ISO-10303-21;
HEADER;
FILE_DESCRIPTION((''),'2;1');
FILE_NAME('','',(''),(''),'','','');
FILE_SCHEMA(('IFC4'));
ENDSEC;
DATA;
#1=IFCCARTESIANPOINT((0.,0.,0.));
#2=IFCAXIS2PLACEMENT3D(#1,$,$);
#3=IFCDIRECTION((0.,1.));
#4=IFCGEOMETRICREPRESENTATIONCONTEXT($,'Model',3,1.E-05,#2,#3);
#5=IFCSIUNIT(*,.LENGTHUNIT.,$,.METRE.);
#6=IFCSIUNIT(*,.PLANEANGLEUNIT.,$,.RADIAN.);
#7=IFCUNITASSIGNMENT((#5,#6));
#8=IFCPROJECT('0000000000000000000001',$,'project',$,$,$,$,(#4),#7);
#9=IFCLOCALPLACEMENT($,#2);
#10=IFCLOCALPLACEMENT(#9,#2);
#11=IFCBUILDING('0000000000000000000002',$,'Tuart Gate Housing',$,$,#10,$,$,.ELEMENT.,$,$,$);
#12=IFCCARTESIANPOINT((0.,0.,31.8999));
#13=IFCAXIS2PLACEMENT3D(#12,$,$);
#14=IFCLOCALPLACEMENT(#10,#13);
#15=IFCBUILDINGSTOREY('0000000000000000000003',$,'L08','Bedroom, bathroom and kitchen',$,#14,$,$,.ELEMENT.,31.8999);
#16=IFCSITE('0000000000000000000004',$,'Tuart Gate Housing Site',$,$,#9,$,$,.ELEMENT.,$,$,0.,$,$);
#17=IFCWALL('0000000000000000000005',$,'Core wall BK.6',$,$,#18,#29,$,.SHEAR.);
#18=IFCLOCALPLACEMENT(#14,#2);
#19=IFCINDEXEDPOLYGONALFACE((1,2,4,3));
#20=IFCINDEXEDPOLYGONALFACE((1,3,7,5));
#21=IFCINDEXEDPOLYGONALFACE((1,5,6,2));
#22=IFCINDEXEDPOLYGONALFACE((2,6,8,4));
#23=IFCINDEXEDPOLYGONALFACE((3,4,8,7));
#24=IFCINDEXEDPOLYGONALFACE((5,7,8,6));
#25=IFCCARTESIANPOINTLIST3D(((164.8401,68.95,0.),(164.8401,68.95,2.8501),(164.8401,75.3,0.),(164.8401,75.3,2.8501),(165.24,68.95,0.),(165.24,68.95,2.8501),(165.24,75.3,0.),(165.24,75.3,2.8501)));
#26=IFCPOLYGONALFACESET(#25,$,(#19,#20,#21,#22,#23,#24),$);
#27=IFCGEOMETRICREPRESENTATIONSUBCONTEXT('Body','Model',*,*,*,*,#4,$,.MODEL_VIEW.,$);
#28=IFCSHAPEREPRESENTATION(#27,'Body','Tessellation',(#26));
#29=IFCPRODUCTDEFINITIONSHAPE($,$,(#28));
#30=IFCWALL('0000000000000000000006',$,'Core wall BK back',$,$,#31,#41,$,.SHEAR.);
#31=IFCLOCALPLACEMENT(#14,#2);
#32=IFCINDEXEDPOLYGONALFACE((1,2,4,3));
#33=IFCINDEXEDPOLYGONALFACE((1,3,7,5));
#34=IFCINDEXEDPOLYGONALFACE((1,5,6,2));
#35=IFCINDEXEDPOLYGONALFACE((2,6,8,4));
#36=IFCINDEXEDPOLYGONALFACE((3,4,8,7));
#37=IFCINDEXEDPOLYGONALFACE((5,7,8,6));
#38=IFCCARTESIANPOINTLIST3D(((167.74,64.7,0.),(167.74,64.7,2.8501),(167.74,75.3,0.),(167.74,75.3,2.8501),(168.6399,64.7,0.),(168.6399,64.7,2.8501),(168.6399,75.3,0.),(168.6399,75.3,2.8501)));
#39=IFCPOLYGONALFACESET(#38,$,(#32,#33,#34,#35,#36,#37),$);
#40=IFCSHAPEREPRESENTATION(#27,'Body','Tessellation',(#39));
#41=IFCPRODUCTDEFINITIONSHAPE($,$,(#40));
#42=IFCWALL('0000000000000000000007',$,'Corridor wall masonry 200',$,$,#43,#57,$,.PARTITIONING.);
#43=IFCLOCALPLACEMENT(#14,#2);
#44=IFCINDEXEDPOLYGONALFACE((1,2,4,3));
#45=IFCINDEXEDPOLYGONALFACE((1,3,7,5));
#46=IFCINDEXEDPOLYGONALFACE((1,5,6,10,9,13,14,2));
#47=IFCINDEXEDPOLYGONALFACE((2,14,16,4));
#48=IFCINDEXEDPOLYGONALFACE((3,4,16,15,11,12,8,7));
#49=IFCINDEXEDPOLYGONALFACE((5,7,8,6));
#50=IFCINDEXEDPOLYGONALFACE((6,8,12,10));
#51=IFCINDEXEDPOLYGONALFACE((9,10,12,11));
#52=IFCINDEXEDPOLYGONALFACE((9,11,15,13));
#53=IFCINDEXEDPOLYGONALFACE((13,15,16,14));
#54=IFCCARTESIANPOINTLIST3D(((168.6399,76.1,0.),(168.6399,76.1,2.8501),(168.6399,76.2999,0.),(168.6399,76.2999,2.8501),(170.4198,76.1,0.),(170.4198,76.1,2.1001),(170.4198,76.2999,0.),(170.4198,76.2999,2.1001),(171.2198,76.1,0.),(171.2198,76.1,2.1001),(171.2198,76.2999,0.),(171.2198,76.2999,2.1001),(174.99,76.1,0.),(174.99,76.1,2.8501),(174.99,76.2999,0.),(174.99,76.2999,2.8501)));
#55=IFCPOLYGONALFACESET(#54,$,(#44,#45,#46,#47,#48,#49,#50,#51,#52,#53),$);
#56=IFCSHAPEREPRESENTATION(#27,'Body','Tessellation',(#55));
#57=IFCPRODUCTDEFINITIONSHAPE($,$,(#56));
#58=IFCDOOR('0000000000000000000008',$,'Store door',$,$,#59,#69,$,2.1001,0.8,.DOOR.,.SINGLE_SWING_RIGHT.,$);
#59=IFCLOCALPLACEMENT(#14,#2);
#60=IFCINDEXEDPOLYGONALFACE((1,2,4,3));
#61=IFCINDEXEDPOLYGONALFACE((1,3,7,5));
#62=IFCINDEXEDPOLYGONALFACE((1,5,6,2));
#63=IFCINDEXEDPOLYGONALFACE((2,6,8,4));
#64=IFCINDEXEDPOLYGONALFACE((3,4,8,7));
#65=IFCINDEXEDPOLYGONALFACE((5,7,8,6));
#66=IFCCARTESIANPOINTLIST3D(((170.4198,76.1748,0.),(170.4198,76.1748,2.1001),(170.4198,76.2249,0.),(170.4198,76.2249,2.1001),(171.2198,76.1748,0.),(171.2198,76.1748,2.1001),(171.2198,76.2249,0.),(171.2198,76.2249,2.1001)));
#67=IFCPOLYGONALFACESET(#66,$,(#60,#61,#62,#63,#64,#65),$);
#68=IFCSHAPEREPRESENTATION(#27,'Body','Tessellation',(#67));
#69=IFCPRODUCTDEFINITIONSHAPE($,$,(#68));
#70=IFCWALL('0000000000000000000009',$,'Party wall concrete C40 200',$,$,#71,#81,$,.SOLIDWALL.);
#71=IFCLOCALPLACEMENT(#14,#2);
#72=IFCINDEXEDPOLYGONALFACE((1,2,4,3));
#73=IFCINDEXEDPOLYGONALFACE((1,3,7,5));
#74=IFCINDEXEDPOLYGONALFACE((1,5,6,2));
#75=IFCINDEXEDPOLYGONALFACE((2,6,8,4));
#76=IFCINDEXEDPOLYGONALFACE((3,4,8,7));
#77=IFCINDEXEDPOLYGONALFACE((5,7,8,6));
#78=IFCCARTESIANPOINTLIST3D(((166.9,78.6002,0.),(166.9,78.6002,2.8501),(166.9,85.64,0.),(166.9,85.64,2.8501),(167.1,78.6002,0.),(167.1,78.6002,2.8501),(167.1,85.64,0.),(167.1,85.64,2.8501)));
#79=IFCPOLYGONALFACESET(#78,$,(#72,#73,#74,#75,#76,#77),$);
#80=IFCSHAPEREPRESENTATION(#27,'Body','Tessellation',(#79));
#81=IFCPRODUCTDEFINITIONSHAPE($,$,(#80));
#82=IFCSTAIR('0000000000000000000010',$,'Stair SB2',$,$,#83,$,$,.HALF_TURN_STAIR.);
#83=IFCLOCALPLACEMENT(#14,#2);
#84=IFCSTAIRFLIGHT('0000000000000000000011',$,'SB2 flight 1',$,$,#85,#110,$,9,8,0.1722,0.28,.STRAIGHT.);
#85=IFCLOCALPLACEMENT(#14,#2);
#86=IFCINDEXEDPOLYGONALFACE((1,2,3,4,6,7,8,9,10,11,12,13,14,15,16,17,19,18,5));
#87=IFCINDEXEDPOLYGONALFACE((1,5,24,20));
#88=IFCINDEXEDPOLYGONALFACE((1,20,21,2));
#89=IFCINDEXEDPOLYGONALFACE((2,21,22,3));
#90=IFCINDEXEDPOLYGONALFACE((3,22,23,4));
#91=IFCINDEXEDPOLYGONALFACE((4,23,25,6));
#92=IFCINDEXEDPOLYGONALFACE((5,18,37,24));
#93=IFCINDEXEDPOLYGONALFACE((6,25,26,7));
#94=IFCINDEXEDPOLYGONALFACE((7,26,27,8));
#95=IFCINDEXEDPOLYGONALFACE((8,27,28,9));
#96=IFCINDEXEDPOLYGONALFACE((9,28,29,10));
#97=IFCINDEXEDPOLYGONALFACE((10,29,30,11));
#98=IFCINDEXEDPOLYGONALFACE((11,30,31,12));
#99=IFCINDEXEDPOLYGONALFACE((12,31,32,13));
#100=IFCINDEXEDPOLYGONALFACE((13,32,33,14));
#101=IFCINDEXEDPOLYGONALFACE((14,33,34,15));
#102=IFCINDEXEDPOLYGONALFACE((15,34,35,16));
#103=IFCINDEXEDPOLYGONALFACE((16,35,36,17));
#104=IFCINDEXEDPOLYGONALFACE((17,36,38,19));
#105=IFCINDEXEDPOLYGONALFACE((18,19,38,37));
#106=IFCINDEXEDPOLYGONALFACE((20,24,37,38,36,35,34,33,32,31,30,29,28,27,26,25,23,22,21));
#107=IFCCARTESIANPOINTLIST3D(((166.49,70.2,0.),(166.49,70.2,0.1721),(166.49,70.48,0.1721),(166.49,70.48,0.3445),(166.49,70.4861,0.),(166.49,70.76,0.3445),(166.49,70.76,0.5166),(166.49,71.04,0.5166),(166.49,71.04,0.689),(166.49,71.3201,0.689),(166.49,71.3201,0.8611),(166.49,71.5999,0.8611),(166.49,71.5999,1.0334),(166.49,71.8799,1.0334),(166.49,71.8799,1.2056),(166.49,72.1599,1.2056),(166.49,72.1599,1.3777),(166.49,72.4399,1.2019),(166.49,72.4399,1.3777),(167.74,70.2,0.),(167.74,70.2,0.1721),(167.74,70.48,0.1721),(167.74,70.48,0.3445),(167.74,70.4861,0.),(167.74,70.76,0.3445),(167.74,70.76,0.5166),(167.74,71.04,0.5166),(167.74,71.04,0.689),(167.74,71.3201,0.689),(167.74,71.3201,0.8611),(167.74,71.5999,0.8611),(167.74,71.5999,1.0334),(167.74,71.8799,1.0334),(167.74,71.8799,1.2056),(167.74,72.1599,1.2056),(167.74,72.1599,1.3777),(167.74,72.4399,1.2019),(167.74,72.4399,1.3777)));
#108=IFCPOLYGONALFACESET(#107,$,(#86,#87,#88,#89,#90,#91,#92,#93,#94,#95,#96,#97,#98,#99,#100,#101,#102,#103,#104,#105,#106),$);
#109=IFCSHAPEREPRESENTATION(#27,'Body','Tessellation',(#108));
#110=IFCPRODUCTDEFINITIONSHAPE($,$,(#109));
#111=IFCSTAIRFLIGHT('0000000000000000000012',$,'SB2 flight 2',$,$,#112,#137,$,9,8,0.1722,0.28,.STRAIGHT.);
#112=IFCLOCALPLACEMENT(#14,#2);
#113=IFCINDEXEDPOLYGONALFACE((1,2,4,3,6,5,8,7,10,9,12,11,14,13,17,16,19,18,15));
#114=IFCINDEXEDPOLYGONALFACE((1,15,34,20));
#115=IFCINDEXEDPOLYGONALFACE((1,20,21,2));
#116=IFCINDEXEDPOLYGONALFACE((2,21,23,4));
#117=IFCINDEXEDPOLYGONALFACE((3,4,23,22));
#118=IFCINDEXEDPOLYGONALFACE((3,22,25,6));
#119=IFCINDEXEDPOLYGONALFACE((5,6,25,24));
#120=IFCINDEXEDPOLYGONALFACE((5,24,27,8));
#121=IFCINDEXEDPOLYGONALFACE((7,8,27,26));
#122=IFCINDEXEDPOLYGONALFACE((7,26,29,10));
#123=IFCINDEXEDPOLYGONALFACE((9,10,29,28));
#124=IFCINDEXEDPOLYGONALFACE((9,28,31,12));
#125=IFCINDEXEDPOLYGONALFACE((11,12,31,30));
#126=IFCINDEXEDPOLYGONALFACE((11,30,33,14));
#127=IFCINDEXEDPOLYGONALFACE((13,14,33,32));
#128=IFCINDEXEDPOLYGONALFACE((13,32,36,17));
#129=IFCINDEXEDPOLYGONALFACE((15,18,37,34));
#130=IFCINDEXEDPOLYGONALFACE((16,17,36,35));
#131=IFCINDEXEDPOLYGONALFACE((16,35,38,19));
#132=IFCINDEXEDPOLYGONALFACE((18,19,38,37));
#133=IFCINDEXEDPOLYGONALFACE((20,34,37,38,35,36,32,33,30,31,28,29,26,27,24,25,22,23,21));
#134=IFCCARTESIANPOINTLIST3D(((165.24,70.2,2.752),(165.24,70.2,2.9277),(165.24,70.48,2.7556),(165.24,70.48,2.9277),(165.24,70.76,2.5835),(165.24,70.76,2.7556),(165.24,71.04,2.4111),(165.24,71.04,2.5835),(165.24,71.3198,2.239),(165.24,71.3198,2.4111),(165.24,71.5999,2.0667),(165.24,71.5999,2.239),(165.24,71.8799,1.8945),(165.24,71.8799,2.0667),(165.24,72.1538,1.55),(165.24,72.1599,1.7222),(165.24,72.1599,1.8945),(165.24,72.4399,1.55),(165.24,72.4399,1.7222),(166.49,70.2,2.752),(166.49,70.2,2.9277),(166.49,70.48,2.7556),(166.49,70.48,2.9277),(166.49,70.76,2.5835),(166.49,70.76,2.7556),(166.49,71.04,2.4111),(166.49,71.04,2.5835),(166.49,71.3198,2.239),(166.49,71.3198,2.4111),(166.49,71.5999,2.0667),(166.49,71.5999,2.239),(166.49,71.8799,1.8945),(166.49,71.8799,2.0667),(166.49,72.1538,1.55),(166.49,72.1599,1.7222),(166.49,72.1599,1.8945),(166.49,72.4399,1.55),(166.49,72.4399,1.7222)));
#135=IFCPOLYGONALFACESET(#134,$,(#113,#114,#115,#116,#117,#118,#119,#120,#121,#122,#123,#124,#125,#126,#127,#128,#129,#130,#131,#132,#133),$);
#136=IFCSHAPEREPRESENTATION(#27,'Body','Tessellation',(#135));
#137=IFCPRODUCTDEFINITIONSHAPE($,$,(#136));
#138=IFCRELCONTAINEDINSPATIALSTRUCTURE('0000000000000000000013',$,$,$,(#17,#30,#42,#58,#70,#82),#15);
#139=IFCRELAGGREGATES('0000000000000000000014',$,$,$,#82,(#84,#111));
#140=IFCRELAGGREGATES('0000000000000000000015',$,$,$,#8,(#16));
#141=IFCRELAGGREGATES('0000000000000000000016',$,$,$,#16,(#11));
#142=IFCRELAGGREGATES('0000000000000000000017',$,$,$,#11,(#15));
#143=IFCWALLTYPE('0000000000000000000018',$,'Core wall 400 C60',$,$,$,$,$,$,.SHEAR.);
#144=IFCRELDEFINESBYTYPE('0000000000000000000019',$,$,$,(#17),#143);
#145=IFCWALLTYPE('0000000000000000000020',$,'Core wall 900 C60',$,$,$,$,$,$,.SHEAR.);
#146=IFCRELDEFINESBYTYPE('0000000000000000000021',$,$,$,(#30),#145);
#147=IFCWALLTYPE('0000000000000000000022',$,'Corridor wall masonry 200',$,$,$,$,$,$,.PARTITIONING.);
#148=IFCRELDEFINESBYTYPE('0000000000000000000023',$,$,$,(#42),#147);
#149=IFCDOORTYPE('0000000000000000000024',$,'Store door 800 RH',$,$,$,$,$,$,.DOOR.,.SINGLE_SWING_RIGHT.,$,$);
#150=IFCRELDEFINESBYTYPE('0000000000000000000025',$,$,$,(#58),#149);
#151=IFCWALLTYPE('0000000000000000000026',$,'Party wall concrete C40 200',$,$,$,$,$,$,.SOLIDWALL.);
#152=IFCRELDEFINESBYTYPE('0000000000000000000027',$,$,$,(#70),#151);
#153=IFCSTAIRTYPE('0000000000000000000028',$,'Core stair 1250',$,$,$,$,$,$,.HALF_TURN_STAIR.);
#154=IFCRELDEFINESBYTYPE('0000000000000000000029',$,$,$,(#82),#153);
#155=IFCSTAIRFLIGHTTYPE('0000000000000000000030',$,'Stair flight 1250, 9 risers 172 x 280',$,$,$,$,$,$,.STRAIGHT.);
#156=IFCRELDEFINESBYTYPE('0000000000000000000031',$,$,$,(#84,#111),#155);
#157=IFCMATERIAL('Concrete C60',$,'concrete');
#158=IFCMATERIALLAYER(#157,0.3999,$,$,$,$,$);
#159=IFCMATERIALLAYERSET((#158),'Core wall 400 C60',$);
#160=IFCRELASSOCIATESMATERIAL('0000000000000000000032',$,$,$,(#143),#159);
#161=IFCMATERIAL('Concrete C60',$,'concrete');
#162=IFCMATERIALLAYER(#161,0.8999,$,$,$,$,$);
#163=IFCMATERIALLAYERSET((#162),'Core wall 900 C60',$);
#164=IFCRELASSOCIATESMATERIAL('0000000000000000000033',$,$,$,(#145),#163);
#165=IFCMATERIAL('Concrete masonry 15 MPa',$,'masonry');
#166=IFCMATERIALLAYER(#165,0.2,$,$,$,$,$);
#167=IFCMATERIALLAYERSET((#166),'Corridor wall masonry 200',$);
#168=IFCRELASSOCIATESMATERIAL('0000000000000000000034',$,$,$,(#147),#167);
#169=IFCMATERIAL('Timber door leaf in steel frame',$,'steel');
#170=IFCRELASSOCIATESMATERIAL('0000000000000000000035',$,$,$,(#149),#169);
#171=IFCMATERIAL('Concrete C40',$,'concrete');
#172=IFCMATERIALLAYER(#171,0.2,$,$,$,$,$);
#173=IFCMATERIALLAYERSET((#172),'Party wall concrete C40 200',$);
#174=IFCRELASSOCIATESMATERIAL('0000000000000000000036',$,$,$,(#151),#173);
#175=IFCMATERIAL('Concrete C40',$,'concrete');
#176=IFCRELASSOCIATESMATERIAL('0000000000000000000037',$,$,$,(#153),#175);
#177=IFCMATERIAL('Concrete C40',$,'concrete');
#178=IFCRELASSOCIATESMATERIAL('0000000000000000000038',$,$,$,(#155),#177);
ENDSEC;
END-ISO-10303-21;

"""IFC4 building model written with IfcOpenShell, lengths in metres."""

from ifc_helpers import new_model, si_unit, direction, frame, frame_2d, origin, place, context, subcontext, project, spatial, polyline, rectangle, outline, extrude, material, layer, layer_set, type_object, element, fill, aggregate, save


model = new_model("IFC4")

# Units and contexts
model_context = context("Model", 3, precision=1e-05, world=origin(), true_north=direction((0.0, 1.0)))
body_context = subcontext(model_context, "Body", "Model", "MODEL_VIEW")
ifc_project = project(units=[si_unit("LENGTHUNIT", "METRE"), si_unit("PLANEANGLEUNIT", "RADIAN")], contexts=[model_context])

# Site, building, storey
site_placement = place(None, origin())
site = spatial("IfcSite", under=ifc_project, at=site_placement, Name="Tuart Gate Housing Site", CompositionType="ELEMENT", RefElevation=0.0)
building_placement = place(site_placement, origin())
building = spatial("IfcBuilding", under=site, at=building_placement, Name="Tuart Gate Housing", CompositionType="ELEMENT")
storey_placement = place(building_placement, frame((0.0, 0.0, 31.8999)))
storey = spatial("IfcBuildingStorey", under=building, at=storey_placement, Name="L08", Description="Bedroom, bathroom and kitchen", CompositionType="ELEMENT", Elevation=31.8999)

# Walls
ifc_material_1 = material(Name="Concrete C60", Category="concrete")
ifc_layer_1 = layer(ifc_material_1, 0.3999)
ifc_layer_set_1 = layer_set([ifc_layer_1], Name="Core wall 400 C60")
wall_type_1 = type_object("IfcWallType", Name="Core wall 400 C60", PredefinedType="SHEAR", material=ifc_layer_set_1)
wall_1_placement = place(storey_placement, frame((165.04, 75.3, 0.0), z_axis=(0.0, 0.0, 1.0), x_axis=(0.0, -1.0, 0.0)))
element("IfcWall", 1, at=wall_1_placement, inside=storey, type_object=wall_type_1, Name="Core wall BK.6", PredefinedType="SHEAR", context=body_context, shape_type="SweptSolid", body=[
    extrude(rectangle(XDim=6.3501, YDim=0.3999, at=frame_2d((3.175, 0.0))), origin(), (0.0, 0.0, 1.0), 2.8501),
])
ifc_material_2 = material(Name="Concrete C60", Category="concrete")
ifc_layer_2 = layer(ifc_material_2, 0.8999)
ifc_layer_set_2 = layer_set([ifc_layer_2], Name="Core wall 900 C60")
wall_type_2 = type_object("IfcWallType", Name="Core wall 900 C60", PredefinedType="SHEAR", material=ifc_layer_set_2)
wall_2_placement = place(storey_placement, frame((168.1899, 75.3, 0.0), z_axis=(0.0, 0.0, 1.0), x_axis=(0.0, -1.0, 0.0)))
element("IfcWall", 2, at=wall_2_placement, inside=storey, type_object=wall_type_2, Name="Core wall BK back", PredefinedType="SHEAR", context=body_context, shape_type="SweptSolid", body=[
    extrude(rectangle(XDim=10.6001, YDim=0.8999, at=frame_2d((5.3, 0.0))), origin(), (0.0, 0.0, 1.0), 2.8501),
])

# Wall, opening, door
ifc_material_3 = material(Name="Concrete masonry 15 MPa", Category="masonry")
ifc_layer_3 = layer(ifc_material_3, 0.2)
ifc_layer_set_3 = layer_set([ifc_layer_3], Name="Corridor wall masonry 200")
wall_type_3 = type_object("IfcWallType", Name="Corridor wall masonry 200", PredefinedType="PARTITIONING", material=ifc_layer_set_3)
wall_3_placement = place(storey_placement, frame((168.6399, 76.2, 0.0), z_axis=(0.0, 0.0, 1.0), x_axis=(1.0, 0.0, 0.0)))
wall_3 = element("IfcWall", 3, at=wall_3_placement, inside=storey, type_object=wall_type_3, Name="Corridor wall masonry 200", PredefinedType="PARTITIONING", context=body_context, shape_type="SweptSolid", body=[
    extrude(rectangle(XDim=6.3501, YDim=0.2, at=frame_2d((3.175, 0.0))), origin(), (0.0, 0.0, 1.0), 2.8501),
])
opening_placement = place(wall_3_placement, frame((1.78, 0.0, 0.0)))
opening = element("IfcOpeningElement", 4, at=opening_placement, cuts=wall_3, PredefinedType="OPENING", context=body_context, shape_type="SweptSolid", body=[
    extrude(rectangle(XDim=0.8, YDim=2.1001, at=frame_2d((0.3999, 1.05))), frame((0.0, 0.1099, 0.0), z_axis=(0.0, -1.0, 0.0), x_axis=(1.0, 0.0, 0.0)), (0.0, 0.0, 1.0), 0.22),
])
ifc_material_4 = material(Name="Timber door leaf in steel frame", Category="steel")
door_type = type_object("IfcDoorType", Name="Store door 800 RH", OperationType="SINGLE_SWING_RIGHT", PredefinedType="DOOR", material=ifc_material_4)
door_placement = place(opening_placement, frame((0.8, 0.0, 0.0), z_axis=(0.0, 0.0, 1.0), x_axis=(-1.0, 0.0, 0.0)))
door = element("IfcDoor", 5, at=door_placement, inside=storey, type_object=door_type, Name="Store door", OperationType="SINGLE_SWING_RIGHT", OverallHeight=2.1001, OverallWidth=0.8, PredefinedType="DOOR", context=body_context, shape_type="SweptSolid", body=[
    extrude(rectangle(XDim=0.8, YDim=2.1001, at=frame_2d((0.4001, 1.05))), frame((0.0, 0.0251, 0.0), z_axis=(0.0, -1.0, 0.0), x_axis=(1.0, 0.0, 0.0)), (0.0, 0.0, 1.0), 0.05),
])
fill(opening, door)

# Wall
ifc_material_5 = material(Name="Concrete C40", Category="concrete")
ifc_layer_4 = layer(ifc_material_5, 0.2)
ifc_layer_set_4 = layer_set([ifc_layer_4], Name="Party wall concrete C40 200")
wall_type_4 = type_object("IfcWallType", Name="Party wall concrete C40 200", PredefinedType="SOLIDWALL", material=ifc_layer_set_4)
wall_4_placement = place(storey_placement, frame((167.0, 78.6001, 0.0), z_axis=(0.0, 0.0, 1.0), x_axis=(0.0, 1.0, 0.0)))
element("IfcWall", 6, at=wall_4_placement, inside=storey, type_object=wall_type_4, Name="Party wall concrete C40 200", PredefinedType="SOLIDWALL", context=body_context, shape_type="SweptSolid", body=[
    extrude(rectangle(XDim=7.0398, YDim=0.2, at=frame_2d((3.52, 0.0))), origin(), (0.0, 0.0, 1.0), 2.8501),
])

# Stair, stair flights
ifc_material_6 = material(Name="Concrete C40", Category="concrete")
stair_type = type_object("IfcStairType", Name="Core stair 1250", PredefinedType="HALF_TURN_STAIR", material=ifc_material_6)
stair_placement = place(storey_placement, origin())
stair = element("IfcStair", 7, at=stair_placement, inside=storey, type_object=stair_type, Name="Stair SB2", PredefinedType="HALF_TURN_STAIR")
ifc_material_7 = material(Name="Concrete C40", Category="concrete")
stair_flight_type = type_object("IfcStairFlightType", Name="Stair flight 1250, 9 risers 172 x 280", PredefinedType="STRAIGHT", material=ifc_material_7)
stair_flight_1_placement = place(storey_placement, frame((167.115, 70.2, 0.0), z_axis=(0.0, 0.0, 1.0), x_axis=(0.0, 1.0, 0.0)))
stair_flight_1 = element("IfcStairFlight", 8, at=stair_flight_1_placement, type_object=stair_flight_type, Name="SB2 flight 1", NumberOfRisers=9, NumberOfTreads=8, PredefinedType="STRAIGHT", RiserHeight=0.1722, TreadLength=0.28, context=body_context, shape_type="SweptSolid", body=[
    extrude(outline(polyline([(0.0, 0.0), (0.0, 0.1721), (0.28, 0.1721), (0.28, 0.3445), (0.5601, 0.3445), (0.5601, 0.5166), (0.8401, 0.5166), (0.8401, 0.689), (1.1201, 0.689), (1.1201, 0.8611), (1.3999, 0.8611), (1.3999, 1.0334), (1.6799, 1.0334), (1.6799, 1.2056), (1.96, 1.2056), (1.96, 1.3777), (2.24, 1.3777), (2.24, 1.55), (2.24, 1.2019), (0.2861, 0.0), (0.0, 0.0)])), frame((0.0, 0.625, 0.0), z_axis=(0.0, -1.0, 0.0), x_axis=(1.0, 0.0, 0.0)), (0.0, 0.0, 1.0), 1.25),
])
stair_flight_2_placement = place(storey_placement, frame((165.865, 72.4399, 1.55), z_axis=(0.0, 0.0, 1.0), x_axis=(0.0, -1.0, 0.0)))
stair_flight_2 = element("IfcStairFlight", 9, at=stair_flight_2_placement, type_object=stair_flight_type, Name="SB2 flight 2", NumberOfRisers=9, NumberOfTreads=8, PredefinedType="STRAIGHT", RiserHeight=0.1722, TreadLength=0.28, context=body_context, shape_type="SweptSolid", body=[
    extrude(outline(polyline([(0.0, 0.0), (0.0, 0.1721), (0.28, 0.1721), (0.28, 0.3445), (0.5601, 0.3445), (0.5601, 0.5166), (0.8401, 0.5166), (0.8401, 0.689), (1.1201, 0.689), (1.1201, 0.8611), (1.3999, 0.8611), (1.3999, 1.0334), (1.6799, 1.0334), (1.6799, 1.2056), (1.96, 1.2056), (1.96, 1.3777), (2.24, 1.3777), (2.24, 1.55), (2.24, 1.2019), (0.2861, 0.0), (0.0, 0.0)])), frame((0.0, 0.625, 0.0), z_axis=(0.0, -1.0, 0.0), x_axis=(1.0, 0.0, 0.0)), (0.0, 0.0, 1.0), 1.25),
])
aggregate(stair, [stair_flight_1, stair_flight_2])

save(model, "model.ifc")
